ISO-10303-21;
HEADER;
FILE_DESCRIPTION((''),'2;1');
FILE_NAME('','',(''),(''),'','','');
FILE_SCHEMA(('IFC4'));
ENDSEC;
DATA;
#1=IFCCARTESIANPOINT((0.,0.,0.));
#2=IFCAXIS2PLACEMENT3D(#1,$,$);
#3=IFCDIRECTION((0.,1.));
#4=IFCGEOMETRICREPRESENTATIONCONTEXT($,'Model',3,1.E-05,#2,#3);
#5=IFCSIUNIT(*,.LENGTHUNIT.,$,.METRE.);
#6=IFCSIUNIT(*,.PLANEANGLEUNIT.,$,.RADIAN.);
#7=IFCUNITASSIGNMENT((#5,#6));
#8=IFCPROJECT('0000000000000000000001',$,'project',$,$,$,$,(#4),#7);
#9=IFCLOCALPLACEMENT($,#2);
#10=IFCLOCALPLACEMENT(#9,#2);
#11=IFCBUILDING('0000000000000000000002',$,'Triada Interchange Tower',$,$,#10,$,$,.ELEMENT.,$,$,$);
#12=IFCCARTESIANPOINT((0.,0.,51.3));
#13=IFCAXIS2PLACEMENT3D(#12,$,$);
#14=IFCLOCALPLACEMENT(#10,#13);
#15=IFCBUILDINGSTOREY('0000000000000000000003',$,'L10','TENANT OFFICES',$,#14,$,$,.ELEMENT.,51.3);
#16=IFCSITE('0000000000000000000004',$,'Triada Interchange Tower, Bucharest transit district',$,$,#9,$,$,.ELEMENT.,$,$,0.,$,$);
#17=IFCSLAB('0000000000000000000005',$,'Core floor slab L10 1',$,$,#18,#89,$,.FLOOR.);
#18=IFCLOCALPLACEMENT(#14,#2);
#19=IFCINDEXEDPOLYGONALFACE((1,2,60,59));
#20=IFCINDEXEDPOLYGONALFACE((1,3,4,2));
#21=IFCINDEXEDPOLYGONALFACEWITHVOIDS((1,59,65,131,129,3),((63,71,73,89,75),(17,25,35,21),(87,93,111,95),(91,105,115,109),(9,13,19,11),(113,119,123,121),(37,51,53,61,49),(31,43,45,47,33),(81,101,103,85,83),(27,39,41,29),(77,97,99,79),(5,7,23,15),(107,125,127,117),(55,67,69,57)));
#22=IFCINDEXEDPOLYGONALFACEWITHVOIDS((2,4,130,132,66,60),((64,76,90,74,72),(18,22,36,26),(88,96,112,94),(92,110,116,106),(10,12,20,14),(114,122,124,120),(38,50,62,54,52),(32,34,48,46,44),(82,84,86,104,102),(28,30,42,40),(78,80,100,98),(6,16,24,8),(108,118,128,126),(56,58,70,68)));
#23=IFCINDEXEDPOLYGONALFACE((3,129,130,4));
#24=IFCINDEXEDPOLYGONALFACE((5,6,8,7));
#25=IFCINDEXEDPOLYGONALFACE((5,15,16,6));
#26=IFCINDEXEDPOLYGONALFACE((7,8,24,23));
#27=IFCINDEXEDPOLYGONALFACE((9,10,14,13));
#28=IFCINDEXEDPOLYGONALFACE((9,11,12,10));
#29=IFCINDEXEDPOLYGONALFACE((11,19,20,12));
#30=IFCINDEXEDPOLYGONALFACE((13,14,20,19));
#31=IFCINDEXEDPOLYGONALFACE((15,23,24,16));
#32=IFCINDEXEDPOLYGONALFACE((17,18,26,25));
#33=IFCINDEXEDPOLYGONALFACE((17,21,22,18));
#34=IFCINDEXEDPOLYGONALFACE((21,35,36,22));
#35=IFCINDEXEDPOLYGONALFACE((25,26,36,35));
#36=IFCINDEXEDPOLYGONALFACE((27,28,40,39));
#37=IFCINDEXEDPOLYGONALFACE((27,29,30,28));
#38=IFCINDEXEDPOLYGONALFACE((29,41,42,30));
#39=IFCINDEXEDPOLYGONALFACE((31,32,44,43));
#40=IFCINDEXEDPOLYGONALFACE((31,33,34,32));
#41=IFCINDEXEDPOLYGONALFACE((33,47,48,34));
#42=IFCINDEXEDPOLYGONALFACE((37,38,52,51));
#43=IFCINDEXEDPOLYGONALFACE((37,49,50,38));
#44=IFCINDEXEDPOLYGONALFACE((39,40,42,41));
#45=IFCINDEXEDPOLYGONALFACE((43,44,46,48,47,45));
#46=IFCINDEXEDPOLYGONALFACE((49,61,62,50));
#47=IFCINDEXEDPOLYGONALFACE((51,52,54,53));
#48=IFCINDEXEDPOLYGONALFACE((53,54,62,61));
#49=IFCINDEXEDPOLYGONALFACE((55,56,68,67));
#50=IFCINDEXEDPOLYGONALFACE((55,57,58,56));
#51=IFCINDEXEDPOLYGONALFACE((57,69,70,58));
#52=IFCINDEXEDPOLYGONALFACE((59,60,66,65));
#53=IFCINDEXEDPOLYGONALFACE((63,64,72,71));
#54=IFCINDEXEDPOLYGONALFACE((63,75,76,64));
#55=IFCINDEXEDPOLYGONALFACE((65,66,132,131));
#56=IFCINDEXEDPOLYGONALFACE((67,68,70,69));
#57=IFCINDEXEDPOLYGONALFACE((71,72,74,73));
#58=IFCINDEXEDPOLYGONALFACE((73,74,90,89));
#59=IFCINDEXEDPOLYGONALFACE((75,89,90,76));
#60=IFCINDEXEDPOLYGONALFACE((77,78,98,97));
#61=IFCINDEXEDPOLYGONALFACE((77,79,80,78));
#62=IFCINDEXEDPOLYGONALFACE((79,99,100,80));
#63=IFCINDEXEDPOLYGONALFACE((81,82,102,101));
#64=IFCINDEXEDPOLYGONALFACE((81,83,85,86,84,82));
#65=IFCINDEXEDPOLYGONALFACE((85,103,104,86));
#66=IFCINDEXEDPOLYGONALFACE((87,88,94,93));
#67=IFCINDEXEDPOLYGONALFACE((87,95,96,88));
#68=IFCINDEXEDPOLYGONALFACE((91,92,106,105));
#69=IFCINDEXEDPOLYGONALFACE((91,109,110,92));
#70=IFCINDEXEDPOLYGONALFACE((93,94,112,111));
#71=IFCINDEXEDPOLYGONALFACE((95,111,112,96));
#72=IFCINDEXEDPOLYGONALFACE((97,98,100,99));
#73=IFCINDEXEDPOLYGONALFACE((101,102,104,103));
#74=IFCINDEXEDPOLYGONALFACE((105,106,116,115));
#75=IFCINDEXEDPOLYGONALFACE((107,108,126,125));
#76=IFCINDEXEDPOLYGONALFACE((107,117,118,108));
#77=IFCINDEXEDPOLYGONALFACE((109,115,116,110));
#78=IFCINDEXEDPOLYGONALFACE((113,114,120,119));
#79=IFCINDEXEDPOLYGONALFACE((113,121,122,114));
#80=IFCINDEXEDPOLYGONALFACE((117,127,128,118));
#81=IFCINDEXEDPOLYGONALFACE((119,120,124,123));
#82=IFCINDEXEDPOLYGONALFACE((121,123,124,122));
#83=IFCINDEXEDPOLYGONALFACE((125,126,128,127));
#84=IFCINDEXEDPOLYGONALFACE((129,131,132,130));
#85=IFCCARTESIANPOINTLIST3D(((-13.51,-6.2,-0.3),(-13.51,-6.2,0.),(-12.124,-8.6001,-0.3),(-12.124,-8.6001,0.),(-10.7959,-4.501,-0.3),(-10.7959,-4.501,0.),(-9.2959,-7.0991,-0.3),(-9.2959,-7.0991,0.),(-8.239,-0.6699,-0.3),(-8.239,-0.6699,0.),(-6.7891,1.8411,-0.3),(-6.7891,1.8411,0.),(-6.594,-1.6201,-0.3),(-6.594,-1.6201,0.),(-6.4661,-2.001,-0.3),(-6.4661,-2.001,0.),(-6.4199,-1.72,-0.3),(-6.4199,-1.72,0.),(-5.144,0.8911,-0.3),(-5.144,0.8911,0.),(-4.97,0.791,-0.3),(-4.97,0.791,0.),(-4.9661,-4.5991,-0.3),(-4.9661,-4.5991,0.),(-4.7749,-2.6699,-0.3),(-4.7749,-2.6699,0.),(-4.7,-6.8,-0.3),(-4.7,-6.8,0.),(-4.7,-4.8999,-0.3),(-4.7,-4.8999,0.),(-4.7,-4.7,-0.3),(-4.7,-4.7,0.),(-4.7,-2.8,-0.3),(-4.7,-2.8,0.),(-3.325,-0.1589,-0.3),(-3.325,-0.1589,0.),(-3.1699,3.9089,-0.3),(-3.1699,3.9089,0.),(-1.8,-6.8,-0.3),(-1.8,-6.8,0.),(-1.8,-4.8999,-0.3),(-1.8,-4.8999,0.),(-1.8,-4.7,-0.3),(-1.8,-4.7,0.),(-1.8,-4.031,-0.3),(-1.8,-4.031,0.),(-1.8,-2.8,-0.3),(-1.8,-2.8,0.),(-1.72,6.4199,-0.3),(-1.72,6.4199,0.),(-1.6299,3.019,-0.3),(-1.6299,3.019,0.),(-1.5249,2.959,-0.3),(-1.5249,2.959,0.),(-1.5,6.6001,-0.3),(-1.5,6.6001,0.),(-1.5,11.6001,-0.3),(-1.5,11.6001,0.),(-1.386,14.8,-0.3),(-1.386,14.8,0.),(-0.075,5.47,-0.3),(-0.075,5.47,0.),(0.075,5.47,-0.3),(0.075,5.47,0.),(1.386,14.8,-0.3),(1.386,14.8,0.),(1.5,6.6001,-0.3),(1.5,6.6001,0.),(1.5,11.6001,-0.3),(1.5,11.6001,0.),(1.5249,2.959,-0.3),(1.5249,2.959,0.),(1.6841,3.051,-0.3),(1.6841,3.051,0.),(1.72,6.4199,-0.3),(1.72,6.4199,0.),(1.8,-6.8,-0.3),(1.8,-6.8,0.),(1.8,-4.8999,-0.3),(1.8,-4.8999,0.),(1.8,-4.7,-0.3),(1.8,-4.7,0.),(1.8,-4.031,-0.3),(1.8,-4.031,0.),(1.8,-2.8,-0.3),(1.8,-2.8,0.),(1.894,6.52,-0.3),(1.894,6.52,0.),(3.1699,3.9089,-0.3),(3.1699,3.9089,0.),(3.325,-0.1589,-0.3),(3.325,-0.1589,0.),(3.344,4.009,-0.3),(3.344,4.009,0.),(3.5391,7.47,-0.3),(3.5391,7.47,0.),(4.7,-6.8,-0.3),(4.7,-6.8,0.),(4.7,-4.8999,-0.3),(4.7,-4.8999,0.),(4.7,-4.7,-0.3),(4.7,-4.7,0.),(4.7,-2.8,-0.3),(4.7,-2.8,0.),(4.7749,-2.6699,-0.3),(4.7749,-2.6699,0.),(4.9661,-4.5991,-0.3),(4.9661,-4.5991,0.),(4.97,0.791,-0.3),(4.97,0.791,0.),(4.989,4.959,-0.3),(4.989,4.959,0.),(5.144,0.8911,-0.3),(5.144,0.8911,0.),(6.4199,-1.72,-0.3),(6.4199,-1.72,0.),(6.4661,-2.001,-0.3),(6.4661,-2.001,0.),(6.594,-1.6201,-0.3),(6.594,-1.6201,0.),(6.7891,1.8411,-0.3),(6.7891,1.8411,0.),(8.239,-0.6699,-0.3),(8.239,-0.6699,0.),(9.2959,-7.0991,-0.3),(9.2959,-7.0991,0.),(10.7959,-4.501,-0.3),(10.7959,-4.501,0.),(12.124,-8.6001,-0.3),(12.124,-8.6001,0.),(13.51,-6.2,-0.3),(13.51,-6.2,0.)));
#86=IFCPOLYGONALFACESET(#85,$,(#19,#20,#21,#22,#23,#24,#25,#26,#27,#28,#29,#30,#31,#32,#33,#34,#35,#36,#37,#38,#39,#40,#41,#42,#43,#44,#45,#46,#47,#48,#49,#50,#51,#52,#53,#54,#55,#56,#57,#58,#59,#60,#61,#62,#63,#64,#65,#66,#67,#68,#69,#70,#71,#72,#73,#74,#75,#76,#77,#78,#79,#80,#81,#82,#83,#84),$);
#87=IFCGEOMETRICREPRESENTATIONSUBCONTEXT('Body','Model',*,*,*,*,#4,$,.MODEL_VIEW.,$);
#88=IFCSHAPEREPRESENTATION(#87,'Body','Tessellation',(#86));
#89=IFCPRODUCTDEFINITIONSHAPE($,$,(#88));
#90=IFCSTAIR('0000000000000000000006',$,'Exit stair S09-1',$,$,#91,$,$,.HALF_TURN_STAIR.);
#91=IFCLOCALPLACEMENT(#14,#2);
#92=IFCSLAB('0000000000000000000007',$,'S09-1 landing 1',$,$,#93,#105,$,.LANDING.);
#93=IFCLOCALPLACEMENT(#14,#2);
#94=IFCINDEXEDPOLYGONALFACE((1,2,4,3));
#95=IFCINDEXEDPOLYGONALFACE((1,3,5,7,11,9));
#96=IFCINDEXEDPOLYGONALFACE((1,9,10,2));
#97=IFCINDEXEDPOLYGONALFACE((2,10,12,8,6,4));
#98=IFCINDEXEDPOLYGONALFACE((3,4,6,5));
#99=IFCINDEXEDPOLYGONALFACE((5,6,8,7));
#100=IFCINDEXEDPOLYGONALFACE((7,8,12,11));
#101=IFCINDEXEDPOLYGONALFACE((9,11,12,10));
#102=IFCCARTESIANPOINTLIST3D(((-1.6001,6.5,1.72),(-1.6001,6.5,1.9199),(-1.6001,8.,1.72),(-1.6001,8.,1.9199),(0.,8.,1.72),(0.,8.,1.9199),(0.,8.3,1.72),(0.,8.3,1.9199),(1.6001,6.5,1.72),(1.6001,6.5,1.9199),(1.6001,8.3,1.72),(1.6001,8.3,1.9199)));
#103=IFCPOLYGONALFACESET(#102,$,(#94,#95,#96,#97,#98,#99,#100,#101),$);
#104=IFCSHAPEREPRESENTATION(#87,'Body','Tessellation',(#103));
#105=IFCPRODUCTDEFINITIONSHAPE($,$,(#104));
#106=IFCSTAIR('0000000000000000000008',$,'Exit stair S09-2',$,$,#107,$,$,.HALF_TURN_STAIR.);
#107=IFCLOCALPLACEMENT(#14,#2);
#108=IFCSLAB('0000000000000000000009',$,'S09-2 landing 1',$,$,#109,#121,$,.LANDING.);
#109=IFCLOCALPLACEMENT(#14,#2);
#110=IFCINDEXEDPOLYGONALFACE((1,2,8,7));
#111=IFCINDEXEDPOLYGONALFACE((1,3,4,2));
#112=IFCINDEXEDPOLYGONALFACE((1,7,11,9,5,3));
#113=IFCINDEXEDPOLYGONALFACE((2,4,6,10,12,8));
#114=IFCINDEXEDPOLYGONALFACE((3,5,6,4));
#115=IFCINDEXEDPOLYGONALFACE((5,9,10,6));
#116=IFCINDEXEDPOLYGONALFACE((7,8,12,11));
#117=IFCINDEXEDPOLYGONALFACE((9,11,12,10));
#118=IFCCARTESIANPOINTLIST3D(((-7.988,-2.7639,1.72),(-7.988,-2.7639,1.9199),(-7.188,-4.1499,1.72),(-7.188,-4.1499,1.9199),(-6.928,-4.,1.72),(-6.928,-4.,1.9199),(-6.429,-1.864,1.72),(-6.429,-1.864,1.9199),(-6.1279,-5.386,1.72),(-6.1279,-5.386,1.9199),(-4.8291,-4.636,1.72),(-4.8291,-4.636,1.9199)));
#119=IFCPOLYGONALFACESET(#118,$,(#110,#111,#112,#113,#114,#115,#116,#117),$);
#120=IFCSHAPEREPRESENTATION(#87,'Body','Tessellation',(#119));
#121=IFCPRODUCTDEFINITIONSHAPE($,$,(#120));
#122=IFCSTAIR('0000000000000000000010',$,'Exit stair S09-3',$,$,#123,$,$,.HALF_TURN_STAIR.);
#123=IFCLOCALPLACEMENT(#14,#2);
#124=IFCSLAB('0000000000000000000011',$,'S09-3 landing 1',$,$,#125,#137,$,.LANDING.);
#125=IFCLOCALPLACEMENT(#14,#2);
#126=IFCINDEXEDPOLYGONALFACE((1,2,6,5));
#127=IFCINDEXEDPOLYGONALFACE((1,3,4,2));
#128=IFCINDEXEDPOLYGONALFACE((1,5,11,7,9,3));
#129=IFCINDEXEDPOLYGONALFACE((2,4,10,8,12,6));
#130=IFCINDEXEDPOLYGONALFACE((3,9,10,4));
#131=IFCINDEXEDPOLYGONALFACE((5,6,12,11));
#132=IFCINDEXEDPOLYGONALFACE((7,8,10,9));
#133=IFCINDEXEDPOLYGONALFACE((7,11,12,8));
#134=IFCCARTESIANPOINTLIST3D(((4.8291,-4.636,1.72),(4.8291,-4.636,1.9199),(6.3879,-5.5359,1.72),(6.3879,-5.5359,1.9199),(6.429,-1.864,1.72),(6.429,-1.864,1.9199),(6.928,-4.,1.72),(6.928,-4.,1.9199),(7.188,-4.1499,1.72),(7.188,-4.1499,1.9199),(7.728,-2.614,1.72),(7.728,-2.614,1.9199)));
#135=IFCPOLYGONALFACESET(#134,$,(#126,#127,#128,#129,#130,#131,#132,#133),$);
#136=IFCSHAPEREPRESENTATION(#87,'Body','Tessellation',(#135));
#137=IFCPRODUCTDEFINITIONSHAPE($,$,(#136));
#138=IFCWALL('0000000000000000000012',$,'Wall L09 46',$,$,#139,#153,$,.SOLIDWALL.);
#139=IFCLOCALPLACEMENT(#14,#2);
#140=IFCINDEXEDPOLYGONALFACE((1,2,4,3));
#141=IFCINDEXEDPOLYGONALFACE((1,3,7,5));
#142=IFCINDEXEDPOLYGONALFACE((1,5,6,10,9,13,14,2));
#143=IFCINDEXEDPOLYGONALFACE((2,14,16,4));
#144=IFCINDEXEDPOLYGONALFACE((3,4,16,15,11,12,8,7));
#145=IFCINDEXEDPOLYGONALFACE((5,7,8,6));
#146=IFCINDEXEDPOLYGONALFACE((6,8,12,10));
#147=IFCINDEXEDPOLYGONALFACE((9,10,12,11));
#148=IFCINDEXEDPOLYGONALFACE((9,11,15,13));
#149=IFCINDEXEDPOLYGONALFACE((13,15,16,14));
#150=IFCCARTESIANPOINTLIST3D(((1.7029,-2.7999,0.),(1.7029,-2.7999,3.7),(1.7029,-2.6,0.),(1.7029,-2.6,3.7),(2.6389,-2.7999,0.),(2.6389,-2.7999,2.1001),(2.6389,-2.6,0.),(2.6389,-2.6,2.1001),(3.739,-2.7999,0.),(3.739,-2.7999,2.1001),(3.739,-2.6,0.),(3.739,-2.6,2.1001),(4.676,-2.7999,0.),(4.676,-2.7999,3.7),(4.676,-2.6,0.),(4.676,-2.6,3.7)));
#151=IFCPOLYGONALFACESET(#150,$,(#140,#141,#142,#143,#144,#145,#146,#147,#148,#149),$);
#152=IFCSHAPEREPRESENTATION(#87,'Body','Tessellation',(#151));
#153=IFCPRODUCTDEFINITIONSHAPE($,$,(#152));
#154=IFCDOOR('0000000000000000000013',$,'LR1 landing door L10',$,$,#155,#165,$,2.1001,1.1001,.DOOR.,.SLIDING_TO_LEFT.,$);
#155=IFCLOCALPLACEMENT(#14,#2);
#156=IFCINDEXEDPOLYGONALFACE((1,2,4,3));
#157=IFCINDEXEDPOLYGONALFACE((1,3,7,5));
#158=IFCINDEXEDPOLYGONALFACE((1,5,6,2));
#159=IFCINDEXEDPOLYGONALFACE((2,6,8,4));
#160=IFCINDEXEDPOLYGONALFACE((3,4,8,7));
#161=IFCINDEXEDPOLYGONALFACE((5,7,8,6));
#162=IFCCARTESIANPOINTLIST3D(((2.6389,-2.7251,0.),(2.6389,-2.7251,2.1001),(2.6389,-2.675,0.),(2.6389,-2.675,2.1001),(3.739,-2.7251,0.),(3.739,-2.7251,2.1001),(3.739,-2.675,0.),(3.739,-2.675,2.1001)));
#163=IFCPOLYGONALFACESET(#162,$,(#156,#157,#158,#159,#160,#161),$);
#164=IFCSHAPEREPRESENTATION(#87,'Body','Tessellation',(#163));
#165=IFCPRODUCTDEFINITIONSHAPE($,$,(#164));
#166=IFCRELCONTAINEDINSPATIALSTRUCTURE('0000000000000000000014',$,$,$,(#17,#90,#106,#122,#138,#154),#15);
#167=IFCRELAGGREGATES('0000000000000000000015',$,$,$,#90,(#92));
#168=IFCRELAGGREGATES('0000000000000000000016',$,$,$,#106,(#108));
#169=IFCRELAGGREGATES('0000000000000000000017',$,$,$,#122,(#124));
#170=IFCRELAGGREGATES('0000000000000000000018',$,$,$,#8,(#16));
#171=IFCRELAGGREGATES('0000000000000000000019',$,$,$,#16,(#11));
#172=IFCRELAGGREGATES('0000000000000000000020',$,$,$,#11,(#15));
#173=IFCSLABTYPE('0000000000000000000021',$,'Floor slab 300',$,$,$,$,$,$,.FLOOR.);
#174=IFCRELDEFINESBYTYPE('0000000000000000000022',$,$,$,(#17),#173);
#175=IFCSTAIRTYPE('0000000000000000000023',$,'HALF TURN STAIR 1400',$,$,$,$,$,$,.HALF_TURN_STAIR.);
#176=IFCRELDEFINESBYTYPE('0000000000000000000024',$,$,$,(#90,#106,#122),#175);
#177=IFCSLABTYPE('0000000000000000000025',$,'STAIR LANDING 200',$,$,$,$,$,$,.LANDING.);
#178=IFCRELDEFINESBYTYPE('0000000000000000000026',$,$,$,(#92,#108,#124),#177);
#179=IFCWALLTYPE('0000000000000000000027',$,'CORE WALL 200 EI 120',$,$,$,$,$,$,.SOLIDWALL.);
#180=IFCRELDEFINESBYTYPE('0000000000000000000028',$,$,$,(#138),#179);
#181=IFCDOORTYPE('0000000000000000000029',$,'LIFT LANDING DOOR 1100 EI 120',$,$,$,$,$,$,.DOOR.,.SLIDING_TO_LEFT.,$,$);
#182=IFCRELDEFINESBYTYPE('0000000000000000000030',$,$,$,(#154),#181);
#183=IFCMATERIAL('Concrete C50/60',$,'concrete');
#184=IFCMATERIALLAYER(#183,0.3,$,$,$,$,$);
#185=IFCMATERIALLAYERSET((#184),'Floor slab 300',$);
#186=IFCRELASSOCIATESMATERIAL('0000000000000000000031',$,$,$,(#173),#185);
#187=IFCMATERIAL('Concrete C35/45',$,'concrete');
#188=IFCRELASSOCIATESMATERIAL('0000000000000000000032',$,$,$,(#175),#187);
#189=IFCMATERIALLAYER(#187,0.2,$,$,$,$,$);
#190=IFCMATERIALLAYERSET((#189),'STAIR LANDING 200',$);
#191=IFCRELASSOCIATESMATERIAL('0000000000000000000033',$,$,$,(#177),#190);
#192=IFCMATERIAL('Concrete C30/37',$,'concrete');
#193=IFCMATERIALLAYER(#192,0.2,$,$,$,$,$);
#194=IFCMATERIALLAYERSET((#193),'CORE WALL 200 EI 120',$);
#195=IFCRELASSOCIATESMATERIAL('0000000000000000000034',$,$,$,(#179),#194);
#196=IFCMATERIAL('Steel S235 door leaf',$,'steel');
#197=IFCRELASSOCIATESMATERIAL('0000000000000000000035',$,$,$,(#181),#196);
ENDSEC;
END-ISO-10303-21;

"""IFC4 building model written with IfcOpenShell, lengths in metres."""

from ifc_helpers import new_model, si_unit, direction, frame, frame_2d, origin, place, context, subcontext, project, spatial, polyline, rectangle, outline, extrude, material, layer, layer_set, type_object, element, fill, aggregate, save


model = new_model("IFC4")

# Units and contexts
model_context = context("Model", 3, precision=1e-05, world=origin(), true_north=direction((0.0, 1.0)))
body_context = subcontext(model_context, "Body", "Model", "MODEL_VIEW")
ifc_project = project(units=[si_unit("LENGTHUNIT", "METRE"), si_unit("PLANEANGLEUNIT", "RADIAN")], contexts=[model_context])

# Site, building, storey
site_placement = place(None, origin())
site = spatial("IfcSite", under=ifc_project, at=site_placement, Name="Triada Interchange Tower, Bucharest transit district", CompositionType="ELEMENT", RefElevation=0.0)
building_placement = place(site_placement, origin())
building = spatial("IfcBuilding", under=site, at=building_placement, Name="Triada Interchange Tower", CompositionType="ELEMENT")
storey_placement = place(building_placement, frame((0.0, 0.0, 51.3)))
storey = spatial("IfcBuildingStorey", under=building, at=storey_placement, Name="L10", Description="TENANT OFFICES", CompositionType="ELEMENT", Elevation=51.3)

# Slab
ifc_material_1 = material(Name="Concrete C50/60", Category="concrete")
ifc_layer_1 = layer(ifc_material_1, 0.3)
ifc_layer_set_1 = layer_set([ifc_layer_1], Name="Floor slab 300")
slab_type_1 = type_object("IfcSlabType", Name="Floor slab 300", PredefinedType="FLOOR", material=ifc_layer_set_1)
slab_1_placement = place(storey_placement, frame((0.0, 0.0, -0.3)))
element("IfcSlab", 1, at=slab_1_placement, inside=storey, type_object=slab_type_1, Name="Core floor slab L10 1", PredefinedType="FLOOR", context=body_context, shape_type="SweptSolid", body=[
    extrude(outline(polyline([(13.51, -6.2), (12.124, -8.6001), (-12.124, -8.6001), (-13.51, -6.2), (-1.386, 14.8), (1.386, 14.8), (13.51, -6.2)]), holes=[polyline([(9.2959, -7.0991), (10.7959, -4.501), (6.4661, -2.001), (4.9661, -4.5991), (9.2959, -7.0991)]), polyline([(6.7891, 1.8411), (5.144, 0.8911), (6.594, -1.6201), (8.239, -0.6699), (6.7891, 1.8411)]), polyline([(4.97, 0.791), (3.325, -0.1589), (4.7749, -2.6699), (6.4199, -1.72), (4.97, 0.791)]), polyline([(1.894, 6.52), (3.344, 4.009), (4.989, 4.959), (3.5391, 7.47), (1.894, 6.52)]), polyline([(1.8, -4.8999), (1.8, -6.8), (4.7, -6.8), (4.7, -4.8999), (1.8, -4.8999)]), polyline([(1.8, -2.8), (1.8, -4.031), (1.8, -4.7), (4.7, -4.7), (4.7, -2.8), (1.8, -2.8)]), polyline([(1.5249, 2.959), (1.6841, 3.051), (3.1699, 3.9089), (1.72, 6.4199), (0.075, 5.47), (1.5249, 2.959)]), polyline([(1.5, 11.6001), (-1.5, 11.6001), (-1.5, 6.6001), (1.5, 6.6001), (1.5, 11.6001)]), polyline([(-0.075, 5.47), (-1.72, 6.4199), (-3.1699, 3.9089), (-1.6299, 3.019), (-1.5249, 2.959), (-0.075, 5.47)]), polyline([(-4.7, -2.8), (-4.7, -4.7), (-1.8, -4.7), (-1.8, -4.031), (-1.8, -2.8), (-4.7, -2.8)]), polyline([(-4.7, -4.8999), (-4.7, -6.8), (-1.8, -6.8), (-1.8, -4.8999), (-4.7, -4.8999)]), polyline([(-4.7749, -2.6699), (-3.325, -0.1589), (-4.97, 0.791), (-6.4199, -1.72), (-4.7749, -2.6699)]), polyline([(-10.7959, -4.501), (-9.2959, -7.0991), (-4.9661, -4.5991), (-6.4661, -2.001), (-10.7959, -4.501)]), polyline([(-6.594, -1.6201), (-5.144, 0.8911), (-6.7891, 1.8411), (-8.239, -0.6699), (-6.594, -1.6201)])]), origin(), (0.0, 0.0, 1.0), 0.3),
])

# Stairs, slabs
ifc_material_2 = material(Name="Concrete C35/45", Category="concrete")
stair_type = type_object("IfcStairType", Name="HALF TURN STAIR 1400", PredefinedType="HALF_TURN_STAIR", material=ifc_material_2)
stair_1_placement = place(storey_placement, origin())
stair_1 = element("IfcStair", 2, at=stair_1_placement, inside=storey, type_object=stair_type, Name="Exit stair S09-1", PredefinedType="HALF_TURN_STAIR")
ifc_layer_2 = layer(ifc_material_2, 0.2)
ifc_layer_set_2 = layer_set([ifc_layer_2], Name="STAIR LANDING 200")
slab_type_2 = type_object("IfcSlabType", Name="STAIR LANDING 200", PredefinedType="LANDING", material=ifc_layer_set_2)
slab_2_placement = place(storey_placement, frame((0.0, 0.0, 1.72)))
slab_2 = element("IfcSlab", 3, at=slab_2_placement, type_object=slab_type_2, Name="S09-1 landing 1", PredefinedType="LANDING", context=body_context, shape_type="SweptSolid", body=[
    extrude(outline(polyline([(1.6001, 6.5), (1.6001, 8.3), (0.0, 8.3), (0.0, 8.0), (-1.6001, 8.0), (-1.6001, 6.5), (1.6001, 6.5)])), origin(), (0.0, 0.0, 1.0), 0.2),
])
aggregate(stair_1, [slab_2])
stair_2_placement = place(storey_placement, origin())
stair_2 = element("IfcStair", 4, at=stair_2_placement, inside=storey, type_object=stair_type, Name="Exit stair S09-2", PredefinedType="HALF_TURN_STAIR")
slab_3_placement = place(storey_placement, frame((0.0, 0.0, 1.72)))
slab_3 = element("IfcSlab", 5, at=slab_3_placement, type_object=slab_type_2, Name="S09-2 landing 1", PredefinedType="LANDING", context=body_context, shape_type="SweptSolid", body=[
    extrude(outline(polyline([(-6.429, -1.864), (-7.988, -2.7639), (-7.188, -4.1499), (-6.928, -4.0), (-6.1279, -5.386), (-4.8291, -4.636), (-6.429, -1.864)])), origin(), (0.0, 0.0, 1.0), 0.2),
])
aggregate(stair_2, [slab_3])
stair_3_placement = place(storey_placement, origin())
stair_3 = element("IfcStair", 6, at=stair_3_placement, inside=storey, type_object=stair_type, Name="Exit stair S09-3", PredefinedType="HALF_TURN_STAIR")
slab_4_placement = place(storey_placement, frame((0.0, 0.0, 1.72)))
slab_4 = element("IfcSlab", 7, at=slab_4_placement, type_object=slab_type_2, Name="S09-3 landing 1", PredefinedType="LANDING", context=body_context, shape_type="SweptSolid", body=[
    extrude(outline(polyline([(4.8291, -4.636), (6.3879, -5.5359), (7.188, -4.1499), (6.928, -4.0), (7.728, -2.614), (6.429, -1.864), (4.8291, -4.636)])), origin(), (0.0, 0.0, 1.0), 0.2),
])
aggregate(stair_3, [slab_4])

# Wall, opening, door
ifc_material_3 = material(Name="Concrete C30/37", Category="concrete")
ifc_layer_3 = layer(ifc_material_3, 0.2)
ifc_layer_set_3 = layer_set([ifc_layer_3], Name="CORE WALL 200 EI 120")
wall_type = type_object("IfcWallType", Name="CORE WALL 200 EI 120", PredefinedType="SOLIDWALL", material=ifc_layer_set_3)
wall_1_placement = place(storey_placement, frame((1.7029, -2.7, 0.0), z_axis=(0.0, 0.0, 1.0), x_axis=(1.0, 0.0, 0.0)))
wall_1 = element("IfcWall", 8, at=wall_1_placement, inside=storey, type_object=wall_type, Name="Wall L09 46", PredefinedType="SOLIDWALL", context=body_context, shape_type="SweptSolid", body=[
    extrude(rectangle(XDim=2.9731, YDim=0.2, at=frame_2d((1.4866, 0.0))), origin(), (0.0, 0.0, 1.0), 3.7),
])
opening_1_placement = place(wall_1_placement, frame((0.936, 0.0, 0.0)))
opening_1 = element("IfcOpeningElement", 9, at=opening_1_placement, cuts=wall_1, PredefinedType="OPENING", context=body_context, shape_type="SweptSolid", body=[
    extrude(rectangle(XDim=1.1001, YDim=2.1001, at=frame_2d((0.55, 1.05))), frame((0.0, 0.1099, 0.0), z_axis=(0.0, -1.0, 0.0), x_axis=(1.0, 0.0, 0.0)), (0.0, 0.0, 1.0), 0.22),
])
ifc_material_4 = material(Name="Steel S235 door leaf", Category="steel")
door_type = type_object("IfcDoorType", Name="LIFT LANDING DOOR 1100 EI 120", OperationType="SLIDING_TO_LEFT", PredefinedType="DOOR", material=ifc_material_4)
door_1_placement = place(opening_1_placement, origin())
door_1 = element("IfcDoor", 10, at=door_1_placement, inside=storey, type_object=door_type, Name="LR1 landing door L10", OperationType="SLIDING_TO_LEFT", OverallHeight=2.1001, OverallWidth=1.1001, PredefinedType="DOOR", context=body_context, shape_type="SweptSolid", body=[
    extrude(rectangle(XDim=1.1001, YDim=2.1001, at=frame_2d((0.55, 1.05))), frame((0.0, 0.0249, 0.0), z_axis=(0.0, -1.0, 0.0), x_axis=(1.0, 0.0, 0.0)), (0.0, 0.0, 1.0), 0.05),
])
fill(opening_1, door_1)

save(model, "model.ifc")
